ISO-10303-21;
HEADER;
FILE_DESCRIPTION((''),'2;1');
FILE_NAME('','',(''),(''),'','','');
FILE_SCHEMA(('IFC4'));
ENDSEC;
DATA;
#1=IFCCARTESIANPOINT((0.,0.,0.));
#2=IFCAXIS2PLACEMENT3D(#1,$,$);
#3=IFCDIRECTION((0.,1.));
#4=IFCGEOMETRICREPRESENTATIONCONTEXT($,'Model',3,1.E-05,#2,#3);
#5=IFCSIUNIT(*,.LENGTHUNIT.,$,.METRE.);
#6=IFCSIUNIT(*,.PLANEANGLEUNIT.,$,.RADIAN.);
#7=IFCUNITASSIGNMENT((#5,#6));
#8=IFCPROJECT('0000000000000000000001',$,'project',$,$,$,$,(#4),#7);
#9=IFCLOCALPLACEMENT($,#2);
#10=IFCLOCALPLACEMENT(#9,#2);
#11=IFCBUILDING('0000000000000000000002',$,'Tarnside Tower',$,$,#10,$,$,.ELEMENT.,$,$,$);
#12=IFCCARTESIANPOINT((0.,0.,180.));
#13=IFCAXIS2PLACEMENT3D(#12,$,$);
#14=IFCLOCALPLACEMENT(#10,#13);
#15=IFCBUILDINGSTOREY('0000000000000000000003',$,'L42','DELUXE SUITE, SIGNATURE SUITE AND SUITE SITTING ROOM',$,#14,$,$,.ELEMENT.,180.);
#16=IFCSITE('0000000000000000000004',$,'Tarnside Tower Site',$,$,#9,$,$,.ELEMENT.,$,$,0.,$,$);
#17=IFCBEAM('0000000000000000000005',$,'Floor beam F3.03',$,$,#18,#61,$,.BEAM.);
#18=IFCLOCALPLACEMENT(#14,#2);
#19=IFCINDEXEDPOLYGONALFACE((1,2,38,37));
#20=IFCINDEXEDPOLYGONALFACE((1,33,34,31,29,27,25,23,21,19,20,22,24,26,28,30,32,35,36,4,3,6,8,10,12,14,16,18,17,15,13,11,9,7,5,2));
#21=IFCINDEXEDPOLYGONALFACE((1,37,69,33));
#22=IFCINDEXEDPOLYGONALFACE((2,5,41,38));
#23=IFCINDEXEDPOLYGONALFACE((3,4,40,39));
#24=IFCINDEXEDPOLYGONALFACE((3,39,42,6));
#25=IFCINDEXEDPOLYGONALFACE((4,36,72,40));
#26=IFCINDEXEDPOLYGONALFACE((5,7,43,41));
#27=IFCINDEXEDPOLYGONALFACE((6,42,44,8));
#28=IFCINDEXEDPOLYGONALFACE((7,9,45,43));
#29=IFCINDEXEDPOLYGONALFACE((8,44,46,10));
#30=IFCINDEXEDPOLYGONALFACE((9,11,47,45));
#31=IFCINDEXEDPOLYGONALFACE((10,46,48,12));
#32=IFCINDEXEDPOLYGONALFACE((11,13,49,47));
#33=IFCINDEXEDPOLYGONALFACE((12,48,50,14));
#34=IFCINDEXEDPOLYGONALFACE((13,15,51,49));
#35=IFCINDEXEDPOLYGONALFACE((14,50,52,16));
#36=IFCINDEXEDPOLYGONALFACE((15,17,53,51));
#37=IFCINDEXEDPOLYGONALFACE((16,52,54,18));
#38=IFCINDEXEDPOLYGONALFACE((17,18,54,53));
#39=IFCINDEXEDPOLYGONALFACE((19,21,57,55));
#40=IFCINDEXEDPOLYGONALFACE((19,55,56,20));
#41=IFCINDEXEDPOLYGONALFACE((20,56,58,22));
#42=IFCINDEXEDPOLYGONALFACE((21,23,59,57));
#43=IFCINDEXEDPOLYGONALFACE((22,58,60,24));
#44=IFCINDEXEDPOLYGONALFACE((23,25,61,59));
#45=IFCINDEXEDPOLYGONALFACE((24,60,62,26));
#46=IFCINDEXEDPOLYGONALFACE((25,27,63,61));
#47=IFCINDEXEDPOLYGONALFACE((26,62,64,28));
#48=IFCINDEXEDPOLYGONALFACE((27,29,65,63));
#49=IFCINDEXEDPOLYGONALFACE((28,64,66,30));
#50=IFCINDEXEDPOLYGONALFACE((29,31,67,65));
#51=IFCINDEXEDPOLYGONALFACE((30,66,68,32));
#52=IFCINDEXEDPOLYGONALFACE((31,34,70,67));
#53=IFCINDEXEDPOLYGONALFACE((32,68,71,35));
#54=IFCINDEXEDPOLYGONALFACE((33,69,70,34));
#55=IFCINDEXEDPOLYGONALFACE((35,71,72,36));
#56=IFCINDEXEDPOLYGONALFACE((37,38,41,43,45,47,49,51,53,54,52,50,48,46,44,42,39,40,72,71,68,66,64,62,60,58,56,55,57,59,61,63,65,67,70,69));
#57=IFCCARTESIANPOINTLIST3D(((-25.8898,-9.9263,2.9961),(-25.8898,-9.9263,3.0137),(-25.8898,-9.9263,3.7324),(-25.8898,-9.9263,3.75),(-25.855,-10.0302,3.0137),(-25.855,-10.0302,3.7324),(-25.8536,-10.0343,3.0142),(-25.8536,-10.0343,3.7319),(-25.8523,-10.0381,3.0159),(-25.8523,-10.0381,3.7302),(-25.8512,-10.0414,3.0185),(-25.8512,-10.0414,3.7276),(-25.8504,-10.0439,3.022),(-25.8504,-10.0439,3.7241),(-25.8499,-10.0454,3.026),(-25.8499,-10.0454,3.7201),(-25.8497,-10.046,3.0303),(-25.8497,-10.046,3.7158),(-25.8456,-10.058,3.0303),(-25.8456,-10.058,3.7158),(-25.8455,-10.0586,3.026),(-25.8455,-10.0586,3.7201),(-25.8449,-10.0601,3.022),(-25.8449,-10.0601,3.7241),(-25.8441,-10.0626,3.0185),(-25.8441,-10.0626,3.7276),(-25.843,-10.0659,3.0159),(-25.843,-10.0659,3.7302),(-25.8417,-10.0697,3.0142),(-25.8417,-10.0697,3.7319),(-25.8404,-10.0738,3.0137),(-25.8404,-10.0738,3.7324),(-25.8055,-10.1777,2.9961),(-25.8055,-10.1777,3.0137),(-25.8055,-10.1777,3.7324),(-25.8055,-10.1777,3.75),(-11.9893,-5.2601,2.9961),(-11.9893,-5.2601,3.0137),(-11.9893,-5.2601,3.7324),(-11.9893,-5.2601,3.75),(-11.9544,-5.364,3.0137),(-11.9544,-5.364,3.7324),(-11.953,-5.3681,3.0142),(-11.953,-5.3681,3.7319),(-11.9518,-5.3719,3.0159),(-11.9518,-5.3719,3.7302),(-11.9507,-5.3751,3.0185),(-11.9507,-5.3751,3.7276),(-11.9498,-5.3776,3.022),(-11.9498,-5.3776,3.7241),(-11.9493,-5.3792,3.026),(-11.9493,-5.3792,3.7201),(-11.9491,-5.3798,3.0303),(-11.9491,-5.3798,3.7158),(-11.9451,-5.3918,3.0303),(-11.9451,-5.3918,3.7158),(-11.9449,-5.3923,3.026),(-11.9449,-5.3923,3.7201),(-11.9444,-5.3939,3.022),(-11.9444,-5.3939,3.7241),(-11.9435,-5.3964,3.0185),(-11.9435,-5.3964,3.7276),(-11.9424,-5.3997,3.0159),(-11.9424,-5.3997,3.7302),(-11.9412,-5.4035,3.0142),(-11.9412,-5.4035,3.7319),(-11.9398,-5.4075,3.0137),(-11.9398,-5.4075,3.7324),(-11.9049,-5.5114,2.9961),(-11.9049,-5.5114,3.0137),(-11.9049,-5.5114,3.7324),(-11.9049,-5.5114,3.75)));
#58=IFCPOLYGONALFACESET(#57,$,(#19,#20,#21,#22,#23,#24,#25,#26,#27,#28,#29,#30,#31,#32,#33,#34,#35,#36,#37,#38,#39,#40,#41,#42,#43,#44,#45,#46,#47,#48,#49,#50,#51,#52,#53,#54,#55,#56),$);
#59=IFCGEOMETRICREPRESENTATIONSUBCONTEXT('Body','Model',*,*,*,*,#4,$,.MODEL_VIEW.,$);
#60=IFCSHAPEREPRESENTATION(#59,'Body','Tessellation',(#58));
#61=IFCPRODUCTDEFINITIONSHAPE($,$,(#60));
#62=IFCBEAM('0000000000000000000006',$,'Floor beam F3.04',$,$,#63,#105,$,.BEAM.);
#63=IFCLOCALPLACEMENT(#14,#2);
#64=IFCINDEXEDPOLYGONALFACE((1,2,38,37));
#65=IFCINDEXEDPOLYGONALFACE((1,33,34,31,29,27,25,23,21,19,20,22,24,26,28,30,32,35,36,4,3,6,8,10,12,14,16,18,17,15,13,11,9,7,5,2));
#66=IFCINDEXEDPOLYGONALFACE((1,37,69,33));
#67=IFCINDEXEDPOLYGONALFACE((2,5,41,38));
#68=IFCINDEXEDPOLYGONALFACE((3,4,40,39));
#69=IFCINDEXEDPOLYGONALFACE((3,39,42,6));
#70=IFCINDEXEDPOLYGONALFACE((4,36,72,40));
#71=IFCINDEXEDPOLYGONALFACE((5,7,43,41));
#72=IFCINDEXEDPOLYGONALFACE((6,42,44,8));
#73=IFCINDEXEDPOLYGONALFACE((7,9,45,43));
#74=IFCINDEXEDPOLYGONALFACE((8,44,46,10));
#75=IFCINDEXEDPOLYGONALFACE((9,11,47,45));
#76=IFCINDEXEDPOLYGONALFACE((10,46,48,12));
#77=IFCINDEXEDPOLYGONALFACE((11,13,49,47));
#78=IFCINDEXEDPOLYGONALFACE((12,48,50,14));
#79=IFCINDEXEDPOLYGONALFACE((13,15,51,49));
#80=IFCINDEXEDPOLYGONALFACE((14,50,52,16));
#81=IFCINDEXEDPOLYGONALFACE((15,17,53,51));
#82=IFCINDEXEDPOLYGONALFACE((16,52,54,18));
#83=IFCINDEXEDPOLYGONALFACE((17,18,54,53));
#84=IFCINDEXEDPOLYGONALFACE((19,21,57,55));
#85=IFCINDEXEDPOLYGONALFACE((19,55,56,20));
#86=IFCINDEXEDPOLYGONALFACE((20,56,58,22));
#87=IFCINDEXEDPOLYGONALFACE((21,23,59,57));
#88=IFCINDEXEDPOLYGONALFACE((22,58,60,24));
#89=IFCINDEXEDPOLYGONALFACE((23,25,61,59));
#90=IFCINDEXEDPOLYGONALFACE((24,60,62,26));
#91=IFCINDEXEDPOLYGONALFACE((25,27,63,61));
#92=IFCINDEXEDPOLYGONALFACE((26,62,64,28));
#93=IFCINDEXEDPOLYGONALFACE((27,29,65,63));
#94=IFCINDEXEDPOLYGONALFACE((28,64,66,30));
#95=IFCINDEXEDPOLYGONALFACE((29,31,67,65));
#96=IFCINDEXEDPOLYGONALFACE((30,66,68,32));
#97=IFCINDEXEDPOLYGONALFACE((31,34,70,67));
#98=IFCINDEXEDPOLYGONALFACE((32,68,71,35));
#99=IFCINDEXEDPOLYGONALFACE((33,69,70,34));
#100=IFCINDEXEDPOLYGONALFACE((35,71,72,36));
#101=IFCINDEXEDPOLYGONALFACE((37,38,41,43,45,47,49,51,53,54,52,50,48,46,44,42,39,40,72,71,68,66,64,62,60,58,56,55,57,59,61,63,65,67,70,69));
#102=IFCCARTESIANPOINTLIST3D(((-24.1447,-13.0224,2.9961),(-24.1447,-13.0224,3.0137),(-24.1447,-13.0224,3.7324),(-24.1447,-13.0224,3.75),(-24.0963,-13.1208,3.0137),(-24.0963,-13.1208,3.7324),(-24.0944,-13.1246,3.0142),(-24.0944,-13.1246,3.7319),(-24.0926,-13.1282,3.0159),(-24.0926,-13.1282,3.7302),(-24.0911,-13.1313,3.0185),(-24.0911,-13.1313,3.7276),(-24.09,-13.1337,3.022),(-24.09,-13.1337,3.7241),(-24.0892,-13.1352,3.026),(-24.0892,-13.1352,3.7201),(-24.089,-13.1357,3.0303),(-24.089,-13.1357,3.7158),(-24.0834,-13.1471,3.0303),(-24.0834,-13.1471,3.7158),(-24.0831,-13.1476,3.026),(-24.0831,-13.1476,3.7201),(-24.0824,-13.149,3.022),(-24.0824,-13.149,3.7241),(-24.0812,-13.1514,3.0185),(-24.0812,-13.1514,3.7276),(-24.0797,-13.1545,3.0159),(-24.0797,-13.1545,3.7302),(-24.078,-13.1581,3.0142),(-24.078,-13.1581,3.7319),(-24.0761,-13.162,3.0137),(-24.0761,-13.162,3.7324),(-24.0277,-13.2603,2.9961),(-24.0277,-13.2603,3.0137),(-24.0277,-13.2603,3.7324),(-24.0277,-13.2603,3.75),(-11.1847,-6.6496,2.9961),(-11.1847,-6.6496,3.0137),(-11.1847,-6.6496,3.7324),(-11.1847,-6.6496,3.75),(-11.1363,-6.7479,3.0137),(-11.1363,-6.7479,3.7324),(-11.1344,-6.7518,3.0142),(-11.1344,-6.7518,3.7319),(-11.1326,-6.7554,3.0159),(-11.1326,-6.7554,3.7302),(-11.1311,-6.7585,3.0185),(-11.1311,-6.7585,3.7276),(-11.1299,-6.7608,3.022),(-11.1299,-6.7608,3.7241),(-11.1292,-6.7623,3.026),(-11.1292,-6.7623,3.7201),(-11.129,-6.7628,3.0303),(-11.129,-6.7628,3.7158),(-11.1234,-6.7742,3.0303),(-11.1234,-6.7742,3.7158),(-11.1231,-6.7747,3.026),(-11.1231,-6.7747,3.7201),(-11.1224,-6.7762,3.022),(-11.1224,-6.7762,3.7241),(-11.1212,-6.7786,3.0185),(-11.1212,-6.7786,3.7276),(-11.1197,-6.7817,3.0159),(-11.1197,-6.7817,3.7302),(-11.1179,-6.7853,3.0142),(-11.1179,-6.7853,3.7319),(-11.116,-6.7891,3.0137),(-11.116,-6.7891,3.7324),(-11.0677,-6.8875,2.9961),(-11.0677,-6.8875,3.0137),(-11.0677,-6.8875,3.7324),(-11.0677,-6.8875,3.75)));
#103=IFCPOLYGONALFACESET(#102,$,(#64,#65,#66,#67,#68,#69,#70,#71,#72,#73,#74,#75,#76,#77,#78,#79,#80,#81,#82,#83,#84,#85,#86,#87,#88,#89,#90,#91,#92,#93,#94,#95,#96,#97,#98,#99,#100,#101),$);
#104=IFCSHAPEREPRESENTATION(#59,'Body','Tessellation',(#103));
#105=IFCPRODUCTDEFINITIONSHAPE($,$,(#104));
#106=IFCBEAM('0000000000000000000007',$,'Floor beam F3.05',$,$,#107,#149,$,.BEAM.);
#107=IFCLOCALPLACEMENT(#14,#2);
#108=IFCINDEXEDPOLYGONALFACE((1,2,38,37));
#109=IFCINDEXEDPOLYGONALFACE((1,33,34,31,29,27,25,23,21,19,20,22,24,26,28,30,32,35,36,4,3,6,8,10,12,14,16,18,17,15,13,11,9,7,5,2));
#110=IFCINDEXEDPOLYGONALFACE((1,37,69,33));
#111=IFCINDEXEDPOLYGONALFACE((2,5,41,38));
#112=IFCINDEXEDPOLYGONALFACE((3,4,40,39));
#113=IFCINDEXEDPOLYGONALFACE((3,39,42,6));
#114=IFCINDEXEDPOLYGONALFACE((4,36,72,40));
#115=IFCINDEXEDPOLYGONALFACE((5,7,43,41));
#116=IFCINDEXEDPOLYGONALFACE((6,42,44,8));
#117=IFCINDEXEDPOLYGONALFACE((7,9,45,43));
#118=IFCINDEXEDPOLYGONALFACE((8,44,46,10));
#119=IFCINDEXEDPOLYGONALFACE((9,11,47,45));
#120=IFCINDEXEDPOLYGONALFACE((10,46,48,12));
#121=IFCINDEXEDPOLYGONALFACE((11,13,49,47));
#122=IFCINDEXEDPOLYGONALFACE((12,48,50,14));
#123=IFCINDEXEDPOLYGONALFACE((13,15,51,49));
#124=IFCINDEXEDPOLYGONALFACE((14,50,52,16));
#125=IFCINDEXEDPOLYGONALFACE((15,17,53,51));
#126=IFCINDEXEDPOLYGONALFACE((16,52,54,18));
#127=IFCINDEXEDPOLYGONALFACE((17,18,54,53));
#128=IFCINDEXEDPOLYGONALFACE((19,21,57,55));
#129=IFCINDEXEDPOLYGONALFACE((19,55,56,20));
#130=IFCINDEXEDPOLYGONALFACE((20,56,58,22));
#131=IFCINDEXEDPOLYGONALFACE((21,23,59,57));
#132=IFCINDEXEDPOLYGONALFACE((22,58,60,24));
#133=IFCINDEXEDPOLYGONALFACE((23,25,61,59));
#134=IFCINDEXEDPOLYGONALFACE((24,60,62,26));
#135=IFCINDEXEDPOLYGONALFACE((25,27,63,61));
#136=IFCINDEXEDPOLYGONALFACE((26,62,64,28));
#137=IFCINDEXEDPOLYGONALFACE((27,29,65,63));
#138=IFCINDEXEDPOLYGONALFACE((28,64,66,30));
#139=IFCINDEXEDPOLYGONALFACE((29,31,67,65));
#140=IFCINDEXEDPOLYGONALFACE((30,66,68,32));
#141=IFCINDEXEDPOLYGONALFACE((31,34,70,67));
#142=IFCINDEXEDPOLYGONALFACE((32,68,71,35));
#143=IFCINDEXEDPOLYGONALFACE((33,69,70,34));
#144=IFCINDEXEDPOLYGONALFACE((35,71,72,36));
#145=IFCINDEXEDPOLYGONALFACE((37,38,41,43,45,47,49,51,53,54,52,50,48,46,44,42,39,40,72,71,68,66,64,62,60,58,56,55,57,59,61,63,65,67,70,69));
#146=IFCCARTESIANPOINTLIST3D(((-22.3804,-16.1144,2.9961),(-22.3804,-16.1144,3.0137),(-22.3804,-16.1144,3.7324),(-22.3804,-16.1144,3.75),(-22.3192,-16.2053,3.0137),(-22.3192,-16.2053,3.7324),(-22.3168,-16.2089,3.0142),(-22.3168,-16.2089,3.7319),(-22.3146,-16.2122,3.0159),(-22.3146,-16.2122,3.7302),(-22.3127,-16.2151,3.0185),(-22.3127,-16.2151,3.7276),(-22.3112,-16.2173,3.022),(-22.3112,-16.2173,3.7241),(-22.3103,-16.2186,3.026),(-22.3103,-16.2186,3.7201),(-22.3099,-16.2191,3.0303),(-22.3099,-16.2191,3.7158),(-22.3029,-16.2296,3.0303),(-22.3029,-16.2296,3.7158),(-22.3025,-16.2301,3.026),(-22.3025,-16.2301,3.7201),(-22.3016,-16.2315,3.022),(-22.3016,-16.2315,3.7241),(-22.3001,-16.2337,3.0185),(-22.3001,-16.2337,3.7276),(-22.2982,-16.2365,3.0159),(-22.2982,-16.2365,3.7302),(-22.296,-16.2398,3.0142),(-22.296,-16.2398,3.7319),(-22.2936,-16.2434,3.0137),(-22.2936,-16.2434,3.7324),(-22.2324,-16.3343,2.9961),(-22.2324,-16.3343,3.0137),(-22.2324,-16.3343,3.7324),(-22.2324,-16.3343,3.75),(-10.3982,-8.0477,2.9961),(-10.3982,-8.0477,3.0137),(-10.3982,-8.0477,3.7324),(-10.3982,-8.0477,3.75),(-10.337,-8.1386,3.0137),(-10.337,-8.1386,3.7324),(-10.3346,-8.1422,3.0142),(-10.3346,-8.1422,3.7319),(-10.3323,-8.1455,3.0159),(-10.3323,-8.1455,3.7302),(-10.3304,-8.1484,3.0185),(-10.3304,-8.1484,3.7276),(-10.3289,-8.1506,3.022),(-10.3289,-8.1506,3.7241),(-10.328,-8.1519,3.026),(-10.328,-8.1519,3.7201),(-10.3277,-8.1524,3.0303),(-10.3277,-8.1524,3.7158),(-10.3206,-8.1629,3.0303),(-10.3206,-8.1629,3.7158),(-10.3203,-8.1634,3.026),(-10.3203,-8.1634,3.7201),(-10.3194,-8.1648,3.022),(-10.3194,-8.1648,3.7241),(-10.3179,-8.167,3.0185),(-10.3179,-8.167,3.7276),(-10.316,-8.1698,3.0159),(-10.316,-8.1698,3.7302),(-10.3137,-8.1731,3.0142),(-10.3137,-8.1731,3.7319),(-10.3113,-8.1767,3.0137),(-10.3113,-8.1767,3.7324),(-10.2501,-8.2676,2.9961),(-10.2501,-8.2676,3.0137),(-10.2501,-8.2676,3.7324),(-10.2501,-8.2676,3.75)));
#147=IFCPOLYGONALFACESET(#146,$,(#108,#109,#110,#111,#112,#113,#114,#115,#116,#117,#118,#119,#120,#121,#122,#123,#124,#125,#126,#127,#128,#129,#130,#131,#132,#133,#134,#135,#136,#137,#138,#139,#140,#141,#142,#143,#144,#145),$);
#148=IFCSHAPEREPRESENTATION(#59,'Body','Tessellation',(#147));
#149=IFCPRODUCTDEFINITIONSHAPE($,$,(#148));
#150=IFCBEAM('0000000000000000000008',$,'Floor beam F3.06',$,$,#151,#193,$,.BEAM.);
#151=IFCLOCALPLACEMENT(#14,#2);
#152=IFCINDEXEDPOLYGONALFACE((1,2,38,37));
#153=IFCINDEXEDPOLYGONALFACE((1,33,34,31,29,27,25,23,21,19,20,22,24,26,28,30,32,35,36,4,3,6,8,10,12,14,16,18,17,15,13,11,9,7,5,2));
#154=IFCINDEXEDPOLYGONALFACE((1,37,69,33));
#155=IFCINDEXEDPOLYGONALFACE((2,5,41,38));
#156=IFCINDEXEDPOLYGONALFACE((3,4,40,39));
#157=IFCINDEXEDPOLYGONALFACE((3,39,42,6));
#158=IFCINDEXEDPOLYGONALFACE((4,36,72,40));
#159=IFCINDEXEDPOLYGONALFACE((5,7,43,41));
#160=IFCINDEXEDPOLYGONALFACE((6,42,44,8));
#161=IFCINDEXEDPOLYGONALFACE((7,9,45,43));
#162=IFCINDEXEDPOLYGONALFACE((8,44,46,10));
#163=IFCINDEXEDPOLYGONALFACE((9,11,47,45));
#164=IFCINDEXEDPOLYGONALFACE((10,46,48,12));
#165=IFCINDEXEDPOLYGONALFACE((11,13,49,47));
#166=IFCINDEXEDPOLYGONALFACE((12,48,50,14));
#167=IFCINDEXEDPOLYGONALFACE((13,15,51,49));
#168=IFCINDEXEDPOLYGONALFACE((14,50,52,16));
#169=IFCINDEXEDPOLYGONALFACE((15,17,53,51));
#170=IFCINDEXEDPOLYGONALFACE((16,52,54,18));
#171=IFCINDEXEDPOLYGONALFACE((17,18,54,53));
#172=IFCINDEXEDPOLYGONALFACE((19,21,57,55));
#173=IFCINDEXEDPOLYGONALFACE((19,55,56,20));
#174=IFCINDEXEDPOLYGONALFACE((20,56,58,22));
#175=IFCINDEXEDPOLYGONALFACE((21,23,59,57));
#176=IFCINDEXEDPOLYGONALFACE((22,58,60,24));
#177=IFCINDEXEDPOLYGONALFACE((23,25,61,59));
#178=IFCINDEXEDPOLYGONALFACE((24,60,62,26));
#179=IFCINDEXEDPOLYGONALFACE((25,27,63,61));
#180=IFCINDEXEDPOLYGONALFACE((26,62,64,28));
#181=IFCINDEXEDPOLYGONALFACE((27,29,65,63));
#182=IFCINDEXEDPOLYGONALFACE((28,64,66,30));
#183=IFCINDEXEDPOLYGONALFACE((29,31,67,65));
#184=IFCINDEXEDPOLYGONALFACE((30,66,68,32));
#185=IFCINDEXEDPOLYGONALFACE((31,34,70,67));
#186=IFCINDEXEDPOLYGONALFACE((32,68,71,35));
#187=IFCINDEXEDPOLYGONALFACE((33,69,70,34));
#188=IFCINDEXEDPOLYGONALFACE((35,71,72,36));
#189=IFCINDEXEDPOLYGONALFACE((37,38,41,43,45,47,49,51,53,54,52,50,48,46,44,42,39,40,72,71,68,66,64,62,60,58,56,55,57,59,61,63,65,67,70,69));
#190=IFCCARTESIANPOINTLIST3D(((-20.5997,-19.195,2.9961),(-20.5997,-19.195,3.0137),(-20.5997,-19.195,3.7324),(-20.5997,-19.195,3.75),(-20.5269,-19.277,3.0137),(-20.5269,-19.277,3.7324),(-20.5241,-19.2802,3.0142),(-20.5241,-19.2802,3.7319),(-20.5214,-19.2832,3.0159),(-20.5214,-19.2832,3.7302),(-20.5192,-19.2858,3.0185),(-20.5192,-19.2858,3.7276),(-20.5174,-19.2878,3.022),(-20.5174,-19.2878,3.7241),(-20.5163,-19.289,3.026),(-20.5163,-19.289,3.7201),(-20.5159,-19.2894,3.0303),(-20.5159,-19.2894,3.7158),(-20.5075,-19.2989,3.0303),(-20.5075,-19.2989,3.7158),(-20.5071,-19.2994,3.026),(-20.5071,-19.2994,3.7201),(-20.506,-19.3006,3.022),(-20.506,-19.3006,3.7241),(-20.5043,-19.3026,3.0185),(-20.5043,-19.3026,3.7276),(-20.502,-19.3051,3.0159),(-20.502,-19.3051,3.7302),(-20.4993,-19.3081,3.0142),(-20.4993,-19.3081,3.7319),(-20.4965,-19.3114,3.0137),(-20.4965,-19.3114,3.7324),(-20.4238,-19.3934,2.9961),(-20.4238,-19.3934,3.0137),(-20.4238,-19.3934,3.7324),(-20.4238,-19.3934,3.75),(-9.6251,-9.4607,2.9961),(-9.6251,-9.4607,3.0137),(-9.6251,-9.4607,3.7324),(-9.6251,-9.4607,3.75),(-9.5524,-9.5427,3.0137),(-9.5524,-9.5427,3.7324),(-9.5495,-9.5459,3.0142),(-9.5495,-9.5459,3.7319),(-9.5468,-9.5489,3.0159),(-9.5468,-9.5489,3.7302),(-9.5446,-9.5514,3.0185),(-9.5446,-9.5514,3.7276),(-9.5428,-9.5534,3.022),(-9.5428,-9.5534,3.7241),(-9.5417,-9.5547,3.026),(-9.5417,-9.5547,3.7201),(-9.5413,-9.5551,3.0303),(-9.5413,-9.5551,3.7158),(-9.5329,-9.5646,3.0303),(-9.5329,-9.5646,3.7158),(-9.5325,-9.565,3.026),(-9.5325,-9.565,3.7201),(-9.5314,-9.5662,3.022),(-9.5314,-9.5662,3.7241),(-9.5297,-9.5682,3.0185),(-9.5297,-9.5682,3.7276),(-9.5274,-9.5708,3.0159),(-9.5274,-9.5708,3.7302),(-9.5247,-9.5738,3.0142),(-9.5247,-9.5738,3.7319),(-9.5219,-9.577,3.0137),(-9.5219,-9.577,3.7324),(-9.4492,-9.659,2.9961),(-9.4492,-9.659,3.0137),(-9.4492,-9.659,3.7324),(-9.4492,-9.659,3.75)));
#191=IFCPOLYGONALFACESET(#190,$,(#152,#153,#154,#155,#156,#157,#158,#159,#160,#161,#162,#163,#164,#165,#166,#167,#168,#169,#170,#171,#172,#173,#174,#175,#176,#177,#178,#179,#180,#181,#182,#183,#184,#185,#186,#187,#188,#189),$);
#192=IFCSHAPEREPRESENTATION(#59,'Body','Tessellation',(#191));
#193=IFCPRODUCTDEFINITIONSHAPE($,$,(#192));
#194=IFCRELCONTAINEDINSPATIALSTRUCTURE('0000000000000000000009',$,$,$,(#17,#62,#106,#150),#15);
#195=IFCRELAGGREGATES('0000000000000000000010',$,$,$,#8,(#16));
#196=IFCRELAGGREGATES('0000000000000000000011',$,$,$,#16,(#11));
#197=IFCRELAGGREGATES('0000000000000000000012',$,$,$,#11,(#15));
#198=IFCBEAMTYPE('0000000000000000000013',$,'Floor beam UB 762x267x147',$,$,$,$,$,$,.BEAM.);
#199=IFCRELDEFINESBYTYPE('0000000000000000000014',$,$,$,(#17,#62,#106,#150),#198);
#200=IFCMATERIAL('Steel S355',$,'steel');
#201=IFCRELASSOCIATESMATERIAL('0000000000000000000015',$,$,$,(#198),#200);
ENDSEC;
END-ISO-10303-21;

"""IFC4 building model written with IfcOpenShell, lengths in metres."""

from ifc_helpers import new_model, si_unit, direction, frame, origin, origin_2d, place, context, subcontext, project, spatial, i_section, extrude, material, material_profile, profile_set, type_object, element, save


model = new_model("IFC4")

# Units and contexts
model_context = context("Model", 3, precision=1e-05, world=origin(), true_north=direction((0.0, 1.0)))
body_context = subcontext(model_context, "Body", "Model", "MODEL_VIEW")
ifc_project = project(units=[si_unit("LENGTHUNIT", "METRE"), si_unit("PLANEANGLEUNIT", "RADIAN")], contexts=[model_context])

# Site, building, storey
site_placement = place(None, origin())
site = spatial("IfcSite", under=ifc_project, at=site_placement, Name="Tarnside Tower Site", CompositionType="ELEMENT", RefElevation=0.0)
building_placement = place(site_placement, origin())
building = spatial("IfcBuilding", under=site, at=building_placement, Name="Tarnside Tower", CompositionType="ELEMENT")
storey_placement = place(building_placement, frame((0.0, 0.0, 180.0)))
storey = spatial("IfcBuildingStorey", under=building, at=storey_placement, Name="L42", Description="DELUXE SUITE, SIGNATURE SUITE AND SUITE SITTING ROOM", CompositionType="ELEMENT", Elevation=180.0)

# Beams
ifc_material_1 = material(Name="Steel S355", Category="steel")
ifc_material_profile_1 = material_profile(ifc_material_1, i_section(OverallWidth=0.2651, OverallDepth=0.7539, WebThickness=0.0127, FlangeThickness=0.0176, FilletRadius=0.0166, at=origin_2d()), Name="UB 762x267x147")
ifc_profile_set_1 = profile_set([ifc_material_profile_1], Name="Steel S355")
beam_type_1 = type_object("IfcBeamType", Name="Floor beam UB 762x267x147", PredefinedType="BEAM", material=ifc_profile_set_1)
beam_1_placement = place(storey_placement, frame((-25.8477, -10.052, 3.373), z_axis=(0.948012, 0.318235, 0.0), x_axis=(-0.318235, 0.948012, 0.0)))
element("IfcBeam", 1, at=beam_1_placement, inside=storey, type_object=beam_type_1, Name="Floor beam F3.03", PredefinedType="BEAM", context=body_context, shape_type="SweptSolid", body=[
    extrude(i_section(OverallWidth=0.2651, OverallDepth=0.7539, WebThickness=0.0127, FlangeThickness=0.0176, FilletRadius=0.0166, at=origin_2d()), origin(), (0.0, 0.0, 1.0), 14.6628),
])
beam_2_placement = place(storey_placement, frame((-24.0862, -13.1414, 3.373), z_axis=(0.897376, 0.441267, 0.0), x_axis=(-0.441267, 0.897376, 0.0)))
element("IfcBeam", 2, at=beam_2_placement, inside=storey, type_object=beam_type_1, Name="Floor beam F3.04", PredefinedType="BEAM", context=body_context, shape_type="SweptSolid", body=[
    extrude(i_section(OverallWidth=0.2651, OverallDepth=0.7539, WebThickness=0.0127, FlangeThickness=0.0176, FilletRadius=0.0166, at=origin_2d()), origin(), (0.0, 0.0, 1.0), 14.4421),
])
beam_3_placement = place(storey_placement, frame((-22.3064, -16.2244, 3.373), z_axis=(0.829532, 0.558458, 0.0), x_axis=(-0.558458, 0.829532, 0.0)))
element("IfcBeam", 3, at=beam_3_placement, inside=storey, type_object=beam_type_1, Name="Floor beam F3.05", PredefinedType="BEAM", context=body_context, shape_type="SweptSolid", body=[
    extrude(i_section(OverallWidth=0.2651, OverallDepth=0.7539, WebThickness=0.0127, FlangeThickness=0.0176, FilletRadius=0.0166, at=origin_2d()), origin(), (0.0, 0.0, 1.0), 14.4446),
])
beam_4_placement = place(storey_placement, frame((-20.5117, -19.2942, 3.373), z_axis=(0.748114, 0.66357, 0.0), x_axis=(-0.66357, 0.748114, 0.0)))
element("IfcBeam", 4, at=beam_4_placement, inside=storey, type_object=beam_type_1, Name="Floor beam F3.06", PredefinedType="BEAM", context=body_context, shape_type="SweptSolid", body=[
    extrude(i_section(OverallWidth=0.2651, OverallDepth=0.7539, WebThickness=0.0127, FlangeThickness=0.0176, FilletRadius=0.0166, at=origin_2d()), origin(), (0.0, 0.0, 1.0), 14.6697),
])

save(model, "model.ifc")
